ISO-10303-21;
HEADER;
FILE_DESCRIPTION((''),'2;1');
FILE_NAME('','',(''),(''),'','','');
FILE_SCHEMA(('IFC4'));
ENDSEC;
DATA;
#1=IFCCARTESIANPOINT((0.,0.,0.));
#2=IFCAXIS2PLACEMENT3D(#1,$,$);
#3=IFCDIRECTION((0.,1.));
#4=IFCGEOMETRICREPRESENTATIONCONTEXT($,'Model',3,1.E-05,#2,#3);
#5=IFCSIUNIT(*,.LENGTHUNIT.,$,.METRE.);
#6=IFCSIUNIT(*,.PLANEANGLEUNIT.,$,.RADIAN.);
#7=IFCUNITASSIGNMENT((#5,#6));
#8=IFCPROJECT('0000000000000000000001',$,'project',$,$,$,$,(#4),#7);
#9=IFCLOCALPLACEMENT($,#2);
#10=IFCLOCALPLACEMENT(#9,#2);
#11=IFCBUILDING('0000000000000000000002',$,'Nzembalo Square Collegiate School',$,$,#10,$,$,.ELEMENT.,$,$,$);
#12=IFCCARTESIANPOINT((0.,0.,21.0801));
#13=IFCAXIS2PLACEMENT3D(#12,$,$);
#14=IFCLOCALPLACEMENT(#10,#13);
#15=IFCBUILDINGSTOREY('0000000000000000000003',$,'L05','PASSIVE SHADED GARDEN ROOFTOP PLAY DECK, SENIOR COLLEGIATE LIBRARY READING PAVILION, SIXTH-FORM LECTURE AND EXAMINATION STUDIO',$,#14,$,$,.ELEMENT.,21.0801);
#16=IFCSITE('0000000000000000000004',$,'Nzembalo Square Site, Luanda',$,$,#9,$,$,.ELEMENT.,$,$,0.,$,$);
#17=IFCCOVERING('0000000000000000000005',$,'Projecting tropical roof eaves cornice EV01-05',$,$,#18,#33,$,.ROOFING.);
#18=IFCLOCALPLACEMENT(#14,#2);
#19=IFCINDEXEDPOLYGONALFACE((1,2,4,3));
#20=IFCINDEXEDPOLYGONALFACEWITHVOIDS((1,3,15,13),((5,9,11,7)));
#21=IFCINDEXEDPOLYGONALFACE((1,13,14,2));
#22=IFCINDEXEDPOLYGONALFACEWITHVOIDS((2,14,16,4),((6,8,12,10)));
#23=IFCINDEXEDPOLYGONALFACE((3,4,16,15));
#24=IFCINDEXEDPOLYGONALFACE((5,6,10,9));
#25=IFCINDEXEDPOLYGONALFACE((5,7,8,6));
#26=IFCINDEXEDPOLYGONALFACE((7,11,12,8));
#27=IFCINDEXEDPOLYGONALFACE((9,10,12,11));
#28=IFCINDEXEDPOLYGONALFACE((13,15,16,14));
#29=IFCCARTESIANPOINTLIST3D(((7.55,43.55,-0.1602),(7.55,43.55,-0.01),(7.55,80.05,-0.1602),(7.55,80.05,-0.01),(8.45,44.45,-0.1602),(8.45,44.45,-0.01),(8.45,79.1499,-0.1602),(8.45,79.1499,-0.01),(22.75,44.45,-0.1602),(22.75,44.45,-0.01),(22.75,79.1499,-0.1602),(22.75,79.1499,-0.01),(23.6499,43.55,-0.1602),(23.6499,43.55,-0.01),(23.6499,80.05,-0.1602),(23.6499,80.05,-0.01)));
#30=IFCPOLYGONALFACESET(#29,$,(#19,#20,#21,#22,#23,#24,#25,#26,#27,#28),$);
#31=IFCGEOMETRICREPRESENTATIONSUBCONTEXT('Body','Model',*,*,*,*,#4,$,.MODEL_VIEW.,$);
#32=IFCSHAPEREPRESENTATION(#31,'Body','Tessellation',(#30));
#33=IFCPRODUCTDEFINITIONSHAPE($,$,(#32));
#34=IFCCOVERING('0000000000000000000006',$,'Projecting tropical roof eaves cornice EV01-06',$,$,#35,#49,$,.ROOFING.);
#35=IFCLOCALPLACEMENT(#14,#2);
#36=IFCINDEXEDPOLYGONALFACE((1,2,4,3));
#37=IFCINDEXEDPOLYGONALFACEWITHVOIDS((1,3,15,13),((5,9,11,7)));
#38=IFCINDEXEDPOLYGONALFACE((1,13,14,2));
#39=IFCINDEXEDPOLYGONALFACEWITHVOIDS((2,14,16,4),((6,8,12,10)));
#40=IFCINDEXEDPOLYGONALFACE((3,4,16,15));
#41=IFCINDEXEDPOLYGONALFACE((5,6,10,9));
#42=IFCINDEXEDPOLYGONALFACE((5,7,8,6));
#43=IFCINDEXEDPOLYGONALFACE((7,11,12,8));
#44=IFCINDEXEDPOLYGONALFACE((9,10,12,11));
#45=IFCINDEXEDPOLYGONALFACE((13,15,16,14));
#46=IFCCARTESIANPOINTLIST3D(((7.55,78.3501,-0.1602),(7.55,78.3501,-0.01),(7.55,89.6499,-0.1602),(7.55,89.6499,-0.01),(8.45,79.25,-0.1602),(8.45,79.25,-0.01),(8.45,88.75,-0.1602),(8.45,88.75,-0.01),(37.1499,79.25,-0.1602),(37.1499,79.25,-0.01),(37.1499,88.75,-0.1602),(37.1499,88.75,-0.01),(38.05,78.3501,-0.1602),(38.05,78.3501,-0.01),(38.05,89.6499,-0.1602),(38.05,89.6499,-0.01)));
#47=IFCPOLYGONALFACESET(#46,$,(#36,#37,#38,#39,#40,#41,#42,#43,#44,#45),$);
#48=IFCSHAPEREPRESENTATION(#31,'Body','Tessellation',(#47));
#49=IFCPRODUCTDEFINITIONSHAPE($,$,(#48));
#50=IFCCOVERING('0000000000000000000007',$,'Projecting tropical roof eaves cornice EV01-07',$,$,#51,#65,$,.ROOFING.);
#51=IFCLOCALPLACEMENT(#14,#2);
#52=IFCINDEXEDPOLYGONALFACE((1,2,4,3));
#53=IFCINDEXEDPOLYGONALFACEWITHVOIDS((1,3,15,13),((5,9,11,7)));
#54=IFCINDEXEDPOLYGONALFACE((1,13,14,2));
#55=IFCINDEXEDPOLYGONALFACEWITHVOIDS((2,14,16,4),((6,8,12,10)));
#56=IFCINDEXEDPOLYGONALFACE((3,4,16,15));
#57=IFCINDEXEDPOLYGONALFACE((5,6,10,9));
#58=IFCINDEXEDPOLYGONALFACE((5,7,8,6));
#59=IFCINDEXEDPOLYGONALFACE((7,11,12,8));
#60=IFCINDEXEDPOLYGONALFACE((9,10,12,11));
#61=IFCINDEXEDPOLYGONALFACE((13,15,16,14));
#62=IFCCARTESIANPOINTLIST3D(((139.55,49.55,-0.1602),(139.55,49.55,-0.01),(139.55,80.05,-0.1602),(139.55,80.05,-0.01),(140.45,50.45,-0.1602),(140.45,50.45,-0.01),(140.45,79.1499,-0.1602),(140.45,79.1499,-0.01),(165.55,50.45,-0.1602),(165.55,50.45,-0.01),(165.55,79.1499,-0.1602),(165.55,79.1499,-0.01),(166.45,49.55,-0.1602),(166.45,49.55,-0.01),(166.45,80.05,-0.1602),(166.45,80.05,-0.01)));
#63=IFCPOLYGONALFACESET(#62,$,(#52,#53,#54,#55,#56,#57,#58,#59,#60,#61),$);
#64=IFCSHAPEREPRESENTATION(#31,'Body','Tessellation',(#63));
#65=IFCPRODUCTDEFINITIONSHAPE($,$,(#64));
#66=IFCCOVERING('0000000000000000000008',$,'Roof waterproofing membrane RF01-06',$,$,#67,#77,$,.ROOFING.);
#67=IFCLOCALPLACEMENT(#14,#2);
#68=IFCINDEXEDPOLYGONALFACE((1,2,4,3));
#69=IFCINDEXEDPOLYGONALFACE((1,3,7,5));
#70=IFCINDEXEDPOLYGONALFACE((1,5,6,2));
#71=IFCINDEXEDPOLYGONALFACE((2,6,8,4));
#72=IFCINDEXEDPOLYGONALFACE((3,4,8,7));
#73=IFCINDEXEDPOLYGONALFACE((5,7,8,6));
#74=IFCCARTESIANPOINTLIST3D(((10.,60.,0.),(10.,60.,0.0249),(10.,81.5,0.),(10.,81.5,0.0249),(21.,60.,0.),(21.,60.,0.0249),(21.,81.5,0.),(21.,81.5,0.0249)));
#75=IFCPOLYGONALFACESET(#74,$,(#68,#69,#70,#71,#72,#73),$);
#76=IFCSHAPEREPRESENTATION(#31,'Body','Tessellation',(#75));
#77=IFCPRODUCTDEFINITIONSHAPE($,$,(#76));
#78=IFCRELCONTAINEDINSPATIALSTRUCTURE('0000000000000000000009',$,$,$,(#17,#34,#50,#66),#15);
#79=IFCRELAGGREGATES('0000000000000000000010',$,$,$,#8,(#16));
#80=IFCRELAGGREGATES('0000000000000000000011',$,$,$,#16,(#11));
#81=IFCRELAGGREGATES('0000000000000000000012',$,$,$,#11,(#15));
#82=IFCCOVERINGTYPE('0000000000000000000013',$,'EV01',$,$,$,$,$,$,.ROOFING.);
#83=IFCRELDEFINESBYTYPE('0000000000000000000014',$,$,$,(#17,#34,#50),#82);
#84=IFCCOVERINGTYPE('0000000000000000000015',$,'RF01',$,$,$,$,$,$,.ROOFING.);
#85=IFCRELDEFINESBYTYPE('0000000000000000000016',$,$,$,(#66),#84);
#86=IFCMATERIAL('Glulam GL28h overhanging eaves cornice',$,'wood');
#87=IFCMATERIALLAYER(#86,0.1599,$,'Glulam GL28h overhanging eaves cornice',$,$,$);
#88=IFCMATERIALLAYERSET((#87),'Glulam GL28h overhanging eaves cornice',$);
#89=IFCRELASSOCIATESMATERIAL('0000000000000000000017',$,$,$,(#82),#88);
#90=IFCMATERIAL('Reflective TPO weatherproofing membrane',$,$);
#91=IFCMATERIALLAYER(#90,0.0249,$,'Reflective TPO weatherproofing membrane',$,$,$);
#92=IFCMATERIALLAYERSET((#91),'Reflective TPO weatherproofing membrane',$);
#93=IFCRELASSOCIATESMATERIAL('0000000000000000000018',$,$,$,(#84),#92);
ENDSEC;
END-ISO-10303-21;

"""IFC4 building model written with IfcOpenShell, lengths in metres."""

from ifc_helpers import new_model, si_unit, direction, frame, origin, place, context, subcontext, project, spatial, polyline, outline, extrude, material, layer, layer_set, type_object, element, save


model = new_model("IFC4")

# Units and contexts
model_context = context("Model", 3, precision=1e-05, world=origin(), true_north=direction((0.0, 1.0)))
body_context = subcontext(model_context, "Body", "Model", "MODEL_VIEW")
ifc_project = project(units=[si_unit("LENGTHUNIT", "METRE"), si_unit("PLANEANGLEUNIT", "RADIAN")], contexts=[model_context])

# Site, building, storey
site_placement = place(None, origin())
site = spatial("IfcSite", under=ifc_project, at=site_placement, Name="Nzembalo Square Site, Luanda", CompositionType="ELEMENT", RefElevation=0.0)
building_placement = place(site_placement, origin())
building = spatial("IfcBuilding", under=site, at=building_placement, Name="Nzembalo Square Collegiate School", CompositionType="ELEMENT")
storey_placement = place(building_placement, frame((0.0, 0.0, 21.0801)))
storey = spatial("IfcBuildingStorey", under=building, at=storey_placement, Name="L05", Description="PASSIVE SHADED GARDEN ROOFTOP PLAY DECK, SENIOR COLLEGIATE LIBRARY READING PAVILION, SIXTH-FORM LECTURE AND EXAMINATION STUDIO", CompositionType="ELEMENT", Elevation=21.0801)

# Coverings
ifc_material_1 = material(Name="Glulam GL28h overhanging eaves cornice", Category="wood")
ifc_layer_1 = layer(ifc_material_1, 0.1599, Name="Glulam GL28h overhanging eaves cornice")
ifc_layer_set_1 = layer_set([ifc_layer_1], Name="Glulam GL28h overhanging eaves cornice")
covering_type_1 = type_object("IfcCoveringType", Name="EV01", PredefinedType="ROOFING", material=ifc_layer_set_1)
covering_1_placement = place(storey_placement, frame((0.0, 0.0, -0.1602)))
element("IfcCovering", 1, at=covering_1_placement, inside=storey, type_object=covering_type_1, Name="Projecting tropical roof eaves cornice EV01-05", PredefinedType="ROOFING", context=body_context, shape_type="SweptSolid", body=[
    extrude(outline(polyline([(7.55, 43.55), (23.6499, 43.55), (23.6499, 80.05), (7.55, 80.05), (7.55, 43.55)]), holes=[polyline([(8.45, 44.45), (22.75, 44.45), (22.75, 79.1499), (8.45, 79.1499), (8.45, 44.45)])]), origin(), (0.0, 0.0, 1.0), 0.1501),
])
covering_2_placement = place(storey_placement, frame((0.0, 0.0, -0.1602)))
element("IfcCovering", 2, at=covering_2_placement, inside=storey, type_object=covering_type_1, Name="Projecting tropical roof eaves cornice EV01-06", PredefinedType="ROOFING", context=body_context, shape_type="SweptSolid", body=[
    extrude(outline(polyline([(7.55, 78.3501), (38.05, 78.3501), (38.05, 89.6499), (7.55, 89.6499), (7.55, 78.3501)]), holes=[polyline([(8.45, 79.25), (37.1499, 79.25), (37.1499, 88.75), (8.45, 88.75), (8.45, 79.25)])]), origin(), (0.0, 0.0, 1.0), 0.1501),
])
covering_3_placement = place(storey_placement, frame((0.0, 0.0, -0.1602)))
element("IfcCovering", 3, at=covering_3_placement, inside=storey, type_object=covering_type_1, Name="Projecting tropical roof eaves cornice EV01-07", PredefinedType="ROOFING", context=body_context, shape_type="SweptSolid", body=[
    extrude(outline(polyline([(139.55, 49.55), (166.45, 49.55), (166.45, 80.05), (139.55, 80.05), (139.55, 49.55)]), holes=[polyline([(140.45, 50.45), (165.55, 50.45), (165.55, 79.1499), (140.45, 79.1499), (140.45, 50.45)])]), origin(), (0.0, 0.0, 1.0), 0.1501),
])
ifc_material_2 = material(Name="Reflective TPO weatherproofing membrane")
ifc_layer_2 = layer(ifc_material_2, 0.0249, Name="Reflective TPO weatherproofing membrane")
ifc_layer_set_2 = layer_set([ifc_layer_2], Name="Reflective TPO weatherproofing membrane")
covering_type_2 = type_object("IfcCoveringType", Name="RF01", PredefinedType="ROOFING", material=ifc_layer_set_2)
covering_4_placement = place(storey_placement, origin())
element("IfcCovering", 4, at=covering_4_placement, inside=storey, type_object=covering_type_2, Name="Roof waterproofing membrane RF01-06", PredefinedType="ROOFING", context=body_context, shape_type="SweptSolid", body=[
    extrude(outline(polyline([(10.0, 60.0), (21.0, 60.0), (21.0, 81.5), (10.0, 81.5), (10.0, 60.0)])), origin(), (0.0, 0.0, 1.0), 0.0249),
])

save(model, "model.ifc")
